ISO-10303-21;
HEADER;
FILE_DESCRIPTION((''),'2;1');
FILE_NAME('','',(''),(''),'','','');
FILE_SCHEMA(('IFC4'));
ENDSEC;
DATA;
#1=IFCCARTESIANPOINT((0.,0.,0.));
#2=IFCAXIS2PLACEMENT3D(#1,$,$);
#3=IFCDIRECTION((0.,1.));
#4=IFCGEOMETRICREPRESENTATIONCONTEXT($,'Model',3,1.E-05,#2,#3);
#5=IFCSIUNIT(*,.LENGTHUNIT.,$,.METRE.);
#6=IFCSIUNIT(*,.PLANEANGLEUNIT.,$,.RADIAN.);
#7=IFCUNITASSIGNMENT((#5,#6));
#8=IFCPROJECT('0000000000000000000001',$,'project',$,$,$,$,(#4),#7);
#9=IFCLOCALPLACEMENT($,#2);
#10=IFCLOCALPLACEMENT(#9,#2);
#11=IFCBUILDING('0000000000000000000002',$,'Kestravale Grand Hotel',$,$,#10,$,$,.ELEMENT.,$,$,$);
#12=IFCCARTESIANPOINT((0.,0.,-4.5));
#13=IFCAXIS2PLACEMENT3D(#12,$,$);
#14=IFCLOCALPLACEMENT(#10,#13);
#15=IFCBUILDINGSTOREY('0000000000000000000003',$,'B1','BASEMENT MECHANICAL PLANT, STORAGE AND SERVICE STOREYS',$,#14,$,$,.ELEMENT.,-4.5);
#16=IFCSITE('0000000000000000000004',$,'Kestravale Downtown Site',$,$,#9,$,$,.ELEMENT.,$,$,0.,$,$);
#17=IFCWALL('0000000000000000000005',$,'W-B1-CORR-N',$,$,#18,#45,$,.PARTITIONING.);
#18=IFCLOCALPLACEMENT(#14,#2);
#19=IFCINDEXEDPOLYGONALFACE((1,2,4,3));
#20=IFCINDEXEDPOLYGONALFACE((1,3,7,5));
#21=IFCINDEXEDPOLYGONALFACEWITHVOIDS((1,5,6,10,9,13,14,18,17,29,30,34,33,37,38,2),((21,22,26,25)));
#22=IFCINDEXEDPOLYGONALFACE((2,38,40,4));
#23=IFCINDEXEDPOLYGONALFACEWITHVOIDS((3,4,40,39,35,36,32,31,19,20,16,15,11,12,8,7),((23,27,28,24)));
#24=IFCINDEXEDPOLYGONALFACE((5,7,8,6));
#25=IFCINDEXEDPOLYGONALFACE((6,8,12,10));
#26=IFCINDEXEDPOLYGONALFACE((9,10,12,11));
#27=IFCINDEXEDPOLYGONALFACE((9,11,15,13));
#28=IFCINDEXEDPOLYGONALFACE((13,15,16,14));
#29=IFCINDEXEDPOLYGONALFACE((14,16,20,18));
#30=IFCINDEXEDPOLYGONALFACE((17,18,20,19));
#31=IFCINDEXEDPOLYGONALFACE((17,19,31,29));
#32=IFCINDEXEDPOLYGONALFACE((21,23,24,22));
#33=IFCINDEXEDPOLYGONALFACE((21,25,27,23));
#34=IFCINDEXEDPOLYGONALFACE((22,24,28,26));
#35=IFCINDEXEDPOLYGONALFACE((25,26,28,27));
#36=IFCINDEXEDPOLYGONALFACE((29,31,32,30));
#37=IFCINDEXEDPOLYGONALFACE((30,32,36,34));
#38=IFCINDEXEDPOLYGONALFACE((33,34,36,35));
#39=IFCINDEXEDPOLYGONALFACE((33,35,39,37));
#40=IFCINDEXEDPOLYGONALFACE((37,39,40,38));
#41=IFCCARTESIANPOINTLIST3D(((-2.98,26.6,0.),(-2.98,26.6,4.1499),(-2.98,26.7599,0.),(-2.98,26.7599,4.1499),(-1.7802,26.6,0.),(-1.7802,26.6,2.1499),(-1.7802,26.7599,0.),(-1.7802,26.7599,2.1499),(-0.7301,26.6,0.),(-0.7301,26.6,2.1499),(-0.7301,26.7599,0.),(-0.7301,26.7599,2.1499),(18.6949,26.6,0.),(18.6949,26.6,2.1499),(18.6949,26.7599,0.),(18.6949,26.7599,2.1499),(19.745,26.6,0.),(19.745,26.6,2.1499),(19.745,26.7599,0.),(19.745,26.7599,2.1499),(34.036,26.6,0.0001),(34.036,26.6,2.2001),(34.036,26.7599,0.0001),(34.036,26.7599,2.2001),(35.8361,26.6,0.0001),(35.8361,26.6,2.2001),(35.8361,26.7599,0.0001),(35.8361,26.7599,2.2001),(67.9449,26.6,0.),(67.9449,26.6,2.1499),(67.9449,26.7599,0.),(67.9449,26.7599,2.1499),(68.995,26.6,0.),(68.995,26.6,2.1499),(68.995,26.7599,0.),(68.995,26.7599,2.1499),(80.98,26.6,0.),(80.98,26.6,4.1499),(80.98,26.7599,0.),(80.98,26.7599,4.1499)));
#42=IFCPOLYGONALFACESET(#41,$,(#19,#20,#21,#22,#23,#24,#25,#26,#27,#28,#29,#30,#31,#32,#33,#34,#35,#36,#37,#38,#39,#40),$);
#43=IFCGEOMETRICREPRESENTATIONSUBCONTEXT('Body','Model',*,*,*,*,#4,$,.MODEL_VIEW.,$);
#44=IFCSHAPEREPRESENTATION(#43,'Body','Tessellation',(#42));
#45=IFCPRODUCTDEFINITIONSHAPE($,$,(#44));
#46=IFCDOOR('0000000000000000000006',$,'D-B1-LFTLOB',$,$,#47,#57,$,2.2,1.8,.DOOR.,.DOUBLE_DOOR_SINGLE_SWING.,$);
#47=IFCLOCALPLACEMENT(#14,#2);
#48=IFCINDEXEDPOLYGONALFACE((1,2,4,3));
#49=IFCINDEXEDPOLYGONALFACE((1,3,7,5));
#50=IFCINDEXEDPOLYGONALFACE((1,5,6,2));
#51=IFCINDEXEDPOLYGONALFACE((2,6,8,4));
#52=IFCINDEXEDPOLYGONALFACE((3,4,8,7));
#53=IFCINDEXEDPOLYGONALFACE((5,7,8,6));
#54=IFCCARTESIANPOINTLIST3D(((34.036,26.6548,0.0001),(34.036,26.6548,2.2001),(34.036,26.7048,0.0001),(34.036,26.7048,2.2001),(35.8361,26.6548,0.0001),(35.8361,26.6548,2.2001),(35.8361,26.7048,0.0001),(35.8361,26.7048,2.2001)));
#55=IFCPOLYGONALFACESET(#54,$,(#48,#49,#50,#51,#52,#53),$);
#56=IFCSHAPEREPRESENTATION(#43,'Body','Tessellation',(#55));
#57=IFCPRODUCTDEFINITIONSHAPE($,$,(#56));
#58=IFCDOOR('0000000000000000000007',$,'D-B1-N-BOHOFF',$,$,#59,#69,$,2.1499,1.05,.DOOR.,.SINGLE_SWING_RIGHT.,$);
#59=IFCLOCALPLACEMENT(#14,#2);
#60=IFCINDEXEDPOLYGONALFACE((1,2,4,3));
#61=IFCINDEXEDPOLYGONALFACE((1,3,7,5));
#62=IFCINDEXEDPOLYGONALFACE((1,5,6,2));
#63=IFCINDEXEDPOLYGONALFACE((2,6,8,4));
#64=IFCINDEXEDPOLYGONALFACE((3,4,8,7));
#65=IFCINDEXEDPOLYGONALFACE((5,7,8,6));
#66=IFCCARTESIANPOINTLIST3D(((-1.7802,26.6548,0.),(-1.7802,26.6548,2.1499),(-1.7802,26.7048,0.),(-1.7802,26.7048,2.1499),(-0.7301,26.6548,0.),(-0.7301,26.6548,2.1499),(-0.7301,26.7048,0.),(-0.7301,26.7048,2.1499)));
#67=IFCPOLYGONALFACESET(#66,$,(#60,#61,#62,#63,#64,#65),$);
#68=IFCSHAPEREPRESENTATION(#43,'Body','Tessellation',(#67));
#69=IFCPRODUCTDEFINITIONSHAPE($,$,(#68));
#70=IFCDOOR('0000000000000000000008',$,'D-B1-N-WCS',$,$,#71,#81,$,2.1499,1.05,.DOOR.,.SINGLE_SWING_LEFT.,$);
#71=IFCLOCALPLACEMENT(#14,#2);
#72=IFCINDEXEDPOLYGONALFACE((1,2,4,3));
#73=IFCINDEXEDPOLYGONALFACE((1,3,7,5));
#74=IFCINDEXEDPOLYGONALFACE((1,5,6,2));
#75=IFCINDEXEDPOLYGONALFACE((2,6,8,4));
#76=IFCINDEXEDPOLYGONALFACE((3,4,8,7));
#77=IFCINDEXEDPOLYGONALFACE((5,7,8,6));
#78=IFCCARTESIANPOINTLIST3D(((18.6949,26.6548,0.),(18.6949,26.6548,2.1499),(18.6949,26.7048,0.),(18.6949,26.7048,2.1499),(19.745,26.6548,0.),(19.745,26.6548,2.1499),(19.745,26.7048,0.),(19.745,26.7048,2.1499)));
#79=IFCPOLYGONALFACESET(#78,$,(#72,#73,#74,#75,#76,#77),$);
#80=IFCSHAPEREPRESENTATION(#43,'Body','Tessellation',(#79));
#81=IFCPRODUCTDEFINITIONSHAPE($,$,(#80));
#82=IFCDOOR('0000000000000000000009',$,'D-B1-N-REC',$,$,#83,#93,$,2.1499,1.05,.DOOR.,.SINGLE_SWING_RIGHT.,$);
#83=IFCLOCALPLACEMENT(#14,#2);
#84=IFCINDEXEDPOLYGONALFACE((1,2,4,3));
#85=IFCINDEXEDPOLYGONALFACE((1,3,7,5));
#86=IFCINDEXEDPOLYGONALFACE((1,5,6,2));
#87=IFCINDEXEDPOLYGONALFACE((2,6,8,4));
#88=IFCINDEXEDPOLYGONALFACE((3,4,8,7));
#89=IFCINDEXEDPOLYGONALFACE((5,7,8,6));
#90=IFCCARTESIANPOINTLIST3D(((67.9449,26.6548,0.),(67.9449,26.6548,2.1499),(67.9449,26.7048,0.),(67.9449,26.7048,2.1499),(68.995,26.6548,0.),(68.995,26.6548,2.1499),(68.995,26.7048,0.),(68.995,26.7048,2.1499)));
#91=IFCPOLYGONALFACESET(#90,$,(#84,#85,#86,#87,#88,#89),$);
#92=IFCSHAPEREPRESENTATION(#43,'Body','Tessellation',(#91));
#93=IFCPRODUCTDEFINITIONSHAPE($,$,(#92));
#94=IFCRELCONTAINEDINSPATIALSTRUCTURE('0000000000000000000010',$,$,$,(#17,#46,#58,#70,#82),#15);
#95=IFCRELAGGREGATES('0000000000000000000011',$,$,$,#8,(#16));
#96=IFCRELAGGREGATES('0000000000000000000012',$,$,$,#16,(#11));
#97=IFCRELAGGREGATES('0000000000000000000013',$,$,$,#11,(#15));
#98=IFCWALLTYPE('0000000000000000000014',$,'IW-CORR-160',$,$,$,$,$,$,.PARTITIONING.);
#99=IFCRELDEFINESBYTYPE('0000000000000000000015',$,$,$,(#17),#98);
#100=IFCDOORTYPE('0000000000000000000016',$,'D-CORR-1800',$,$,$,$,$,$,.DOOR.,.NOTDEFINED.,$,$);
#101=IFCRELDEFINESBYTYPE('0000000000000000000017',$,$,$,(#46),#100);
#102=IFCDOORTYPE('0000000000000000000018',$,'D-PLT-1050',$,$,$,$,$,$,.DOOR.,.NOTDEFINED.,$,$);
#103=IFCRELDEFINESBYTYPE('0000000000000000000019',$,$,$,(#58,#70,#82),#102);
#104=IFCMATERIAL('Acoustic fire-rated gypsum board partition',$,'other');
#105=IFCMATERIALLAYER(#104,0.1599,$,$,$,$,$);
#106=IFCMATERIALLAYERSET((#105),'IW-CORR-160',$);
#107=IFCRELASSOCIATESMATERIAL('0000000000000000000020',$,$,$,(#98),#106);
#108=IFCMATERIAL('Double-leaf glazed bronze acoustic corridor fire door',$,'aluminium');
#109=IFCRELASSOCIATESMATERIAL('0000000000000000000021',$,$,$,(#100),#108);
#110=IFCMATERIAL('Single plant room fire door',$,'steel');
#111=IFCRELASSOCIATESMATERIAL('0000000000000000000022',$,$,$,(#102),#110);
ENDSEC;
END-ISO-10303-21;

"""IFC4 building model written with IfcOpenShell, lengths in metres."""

from ifc_helpers import new_model, si_unit, direction, frame, frame_2d, origin, place, context, subcontext, project, spatial, rectangle, extrude, material, layer, layer_set, type_object, element, fill, save


model = new_model("IFC4")

# Units and contexts
model_context = context("Model", 3, precision=1e-05, world=origin(), true_north=direction((0.0, 1.0)))
body_context = subcontext(model_context, "Body", "Model", "MODEL_VIEW")
ifc_project = project(units=[si_unit("LENGTHUNIT", "METRE"), si_unit("PLANEANGLEUNIT", "RADIAN")], contexts=[model_context])

# Site, building, storey
site_placement = place(None, origin())
site = spatial("IfcSite", under=ifc_project, at=site_placement, Name="Kestravale Downtown Site", CompositionType="ELEMENT", RefElevation=0.0)
building_placement = place(site_placement, origin())
building = spatial("IfcBuilding", under=site, at=building_placement, Name="Kestravale Grand Hotel", CompositionType="ELEMENT")
storey_placement = place(building_placement, frame((0.0, 0.0, -4.5)))
storey = spatial("IfcBuildingStorey", under=building, at=storey_placement, Name="B1", Description="BASEMENT MECHANICAL PLANT, STORAGE AND SERVICE STOREYS", CompositionType="ELEMENT", Elevation=-4.5)

# Wall, openings, doors
ifc_material_1 = material(Name="Acoustic fire-rated gypsum board partition", Category="other")
ifc_layer = layer(ifc_material_1, 0.1599)
ifc_layer_set = layer_set([ifc_layer], Name="IW-CORR-160")
wall_type = type_object("IfcWallType", Name="IW-CORR-160", PredefinedType="PARTITIONING", material=ifc_layer_set)
wall_1_placement = place(storey_placement, frame((-2.98, 26.6799, 0.0), z_axis=(0.0, 0.0, 1.0), x_axis=(1.0, 0.0, 0.0)))
wall_1 = element("IfcWall", 1, at=wall_1_placement, inside=storey, type_object=wall_type, Name="W-B1-CORR-N", PredefinedType="PARTITIONING", context=body_context, shape_type="SweptSolid", body=[
    extrude(rectangle(XDim=83.96, YDim=0.1599, at=frame_2d((41.98, 0.0))), origin(), (0.0, 0.0, 1.0), 4.1499),
])
opening_1_placement = place(wall_1_placement, frame((37.0161, 0.0, 0.0)))
opening_1 = element("IfcOpeningElement", 2, at=opening_1_placement, cuts=wall_1, PredefinedType="OPENING", context=body_context, shape_type="SweptSolid", body=[
    extrude(rectangle(XDim=1.8, YDim=2.2, at=frame_2d((0.8999, 1.1001))), frame((0.0, 0.0898, 0.0), z_axis=(0.0, -1.0, 0.0), x_axis=(1.0, 0.0, 0.0)), (0.0, 0.0, 1.0), 0.1799),
])
opening_2_placement = place(wall_1_placement, frame((1.2, 0.0, 0.0)))
opening_2 = element("IfcOpeningElement", 3, at=opening_2_placement, cuts=wall_1, PredefinedType="OPENING", context=body_context, shape_type="SweptSolid", body=[
    extrude(rectangle(XDim=1.05, YDim=2.1499, at=frame_2d((0.5249, 1.075))), frame((0.0, 0.0898, 0.0), z_axis=(0.0, -1.0, 0.0), x_axis=(1.0, 0.0, 0.0)), (0.0, 0.0, 1.0), 0.1799),
])
opening_3_placement = place(wall_1_placement, frame((21.675, 0.0, 0.0)))
opening_3 = element("IfcOpeningElement", 4, at=opening_3_placement, cuts=wall_1, PredefinedType="OPENING", context=body_context, shape_type="SweptSolid", body=[
    extrude(rectangle(XDim=1.05, YDim=2.1499, at=frame_2d((0.5249, 1.075))), frame((0.0, 0.0898, 0.0), z_axis=(0.0, -1.0, 0.0), x_axis=(1.0, 0.0, 0.0)), (0.0, 0.0, 1.0), 0.1799),
])
opening_4_placement = place(wall_1_placement, frame((70.925, 0.0, 0.0)))
opening_4 = element("IfcOpeningElement", 5, at=opening_4_placement, cuts=wall_1, PredefinedType="OPENING", context=body_context, shape_type="SweptSolid", body=[
    extrude(rectangle(XDim=1.05, YDim=2.1499, at=frame_2d((0.5249, 1.075))), frame((0.0, 0.0898, 0.0), z_axis=(0.0, -1.0, 0.0), x_axis=(1.0, 0.0, 0.0)), (0.0, 0.0, 1.0), 0.1799),
])
ifc_material_2 = material(Name="Double-leaf glazed bronze acoustic corridor fire door", Category="aluminium")
door_type_1 = type_object("IfcDoorType", Name="D-CORR-1800", OperationType="NOTDEFINED", PredefinedType="DOOR", material=ifc_material_2)
door_1_placement = place(opening_1_placement, origin())
door_1 = element("IfcDoor", 6, at=door_1_placement, inside=storey, type_object=door_type_1, Name="D-B1-LFTLOB", OperationType="DOUBLE_DOOR_SINGLE_SWING", OverallHeight=2.2, OverallWidth=1.8, PredefinedType="DOOR", context=body_context, shape_type="SweptSolid", body=[
    extrude(rectangle(XDim=1.8, YDim=2.2, at=frame_2d((0.8999, 1.1001))), frame((0.0, 0.0249, 0.0), z_axis=(0.0, -1.0, 0.0), x_axis=(1.0, 0.0, 0.0)), (0.0, 0.0, 1.0), 0.05),
])
fill(opening_1, door_1)
ifc_material_3 = material(Name="Single plant room fire door", Category="steel")
door_type_2 = type_object("IfcDoorType", Name="D-PLT-1050", OperationType="NOTDEFINED", PredefinedType="DOOR", material=ifc_material_3)
door_2_placement = place(opening_2_placement, origin())
door_2 = element("IfcDoor", 7, at=door_2_placement, inside=storey, type_object=door_type_2, Name="D-B1-N-BOHOFF", OperationType="SINGLE_SWING_RIGHT", OverallHeight=2.1499, OverallWidth=1.05, PredefinedType="DOOR", context=body_context, shape_type="SweptSolid", body=[
    extrude(rectangle(XDim=1.05, YDim=2.1499, at=frame_2d((0.5249, 1.075))), frame((0.0, 0.0249, 0.0), z_axis=(0.0, -1.0, 0.0), x_axis=(1.0, 0.0, 0.0)), (0.0, 0.0, 1.0), 0.05),
])
fill(opening_2, door_2)
door_3_placement = place(opening_3_placement, origin())
door_3 = element("IfcDoor", 8, at=door_3_placement, inside=storey, type_object=door_type_2, Name="D-B1-N-WCS", OperationType="SINGLE_SWING_LEFT", OverallHeight=2.1499, OverallWidth=1.05, PredefinedType="DOOR", context=body_context, shape_type="SweptSolid", body=[
    extrude(rectangle(XDim=1.05, YDim=2.1499, at=frame_2d((0.5249, 1.075))), frame((0.0, 0.0249, 0.0), z_axis=(0.0, -1.0, 0.0), x_axis=(1.0, 0.0, 0.0)), (0.0, 0.0, 1.0), 0.05),
])
fill(opening_3, door_3)
door_4_placement = place(opening_4_placement, origin())
door_4 = element("IfcDoor", 9, at=door_4_placement, inside=storey, type_object=door_type_2, Name="D-B1-N-REC", OperationType="SINGLE_SWING_RIGHT", OverallHeight=2.1499, OverallWidth=1.05, PredefinedType="DOOR", context=body_context, shape_type="SweptSolid", body=[
    extrude(rectangle(XDim=1.05, YDim=2.1499, at=frame_2d((0.5249, 1.075))), frame((0.0, 0.0249, 0.0), z_axis=(0.0, -1.0, 0.0), x_axis=(1.0, 0.0, 0.0)), (0.0, 0.0, 1.0), 0.05),
])
fill(opening_4, door_4)

save(model, "model.ifc")
